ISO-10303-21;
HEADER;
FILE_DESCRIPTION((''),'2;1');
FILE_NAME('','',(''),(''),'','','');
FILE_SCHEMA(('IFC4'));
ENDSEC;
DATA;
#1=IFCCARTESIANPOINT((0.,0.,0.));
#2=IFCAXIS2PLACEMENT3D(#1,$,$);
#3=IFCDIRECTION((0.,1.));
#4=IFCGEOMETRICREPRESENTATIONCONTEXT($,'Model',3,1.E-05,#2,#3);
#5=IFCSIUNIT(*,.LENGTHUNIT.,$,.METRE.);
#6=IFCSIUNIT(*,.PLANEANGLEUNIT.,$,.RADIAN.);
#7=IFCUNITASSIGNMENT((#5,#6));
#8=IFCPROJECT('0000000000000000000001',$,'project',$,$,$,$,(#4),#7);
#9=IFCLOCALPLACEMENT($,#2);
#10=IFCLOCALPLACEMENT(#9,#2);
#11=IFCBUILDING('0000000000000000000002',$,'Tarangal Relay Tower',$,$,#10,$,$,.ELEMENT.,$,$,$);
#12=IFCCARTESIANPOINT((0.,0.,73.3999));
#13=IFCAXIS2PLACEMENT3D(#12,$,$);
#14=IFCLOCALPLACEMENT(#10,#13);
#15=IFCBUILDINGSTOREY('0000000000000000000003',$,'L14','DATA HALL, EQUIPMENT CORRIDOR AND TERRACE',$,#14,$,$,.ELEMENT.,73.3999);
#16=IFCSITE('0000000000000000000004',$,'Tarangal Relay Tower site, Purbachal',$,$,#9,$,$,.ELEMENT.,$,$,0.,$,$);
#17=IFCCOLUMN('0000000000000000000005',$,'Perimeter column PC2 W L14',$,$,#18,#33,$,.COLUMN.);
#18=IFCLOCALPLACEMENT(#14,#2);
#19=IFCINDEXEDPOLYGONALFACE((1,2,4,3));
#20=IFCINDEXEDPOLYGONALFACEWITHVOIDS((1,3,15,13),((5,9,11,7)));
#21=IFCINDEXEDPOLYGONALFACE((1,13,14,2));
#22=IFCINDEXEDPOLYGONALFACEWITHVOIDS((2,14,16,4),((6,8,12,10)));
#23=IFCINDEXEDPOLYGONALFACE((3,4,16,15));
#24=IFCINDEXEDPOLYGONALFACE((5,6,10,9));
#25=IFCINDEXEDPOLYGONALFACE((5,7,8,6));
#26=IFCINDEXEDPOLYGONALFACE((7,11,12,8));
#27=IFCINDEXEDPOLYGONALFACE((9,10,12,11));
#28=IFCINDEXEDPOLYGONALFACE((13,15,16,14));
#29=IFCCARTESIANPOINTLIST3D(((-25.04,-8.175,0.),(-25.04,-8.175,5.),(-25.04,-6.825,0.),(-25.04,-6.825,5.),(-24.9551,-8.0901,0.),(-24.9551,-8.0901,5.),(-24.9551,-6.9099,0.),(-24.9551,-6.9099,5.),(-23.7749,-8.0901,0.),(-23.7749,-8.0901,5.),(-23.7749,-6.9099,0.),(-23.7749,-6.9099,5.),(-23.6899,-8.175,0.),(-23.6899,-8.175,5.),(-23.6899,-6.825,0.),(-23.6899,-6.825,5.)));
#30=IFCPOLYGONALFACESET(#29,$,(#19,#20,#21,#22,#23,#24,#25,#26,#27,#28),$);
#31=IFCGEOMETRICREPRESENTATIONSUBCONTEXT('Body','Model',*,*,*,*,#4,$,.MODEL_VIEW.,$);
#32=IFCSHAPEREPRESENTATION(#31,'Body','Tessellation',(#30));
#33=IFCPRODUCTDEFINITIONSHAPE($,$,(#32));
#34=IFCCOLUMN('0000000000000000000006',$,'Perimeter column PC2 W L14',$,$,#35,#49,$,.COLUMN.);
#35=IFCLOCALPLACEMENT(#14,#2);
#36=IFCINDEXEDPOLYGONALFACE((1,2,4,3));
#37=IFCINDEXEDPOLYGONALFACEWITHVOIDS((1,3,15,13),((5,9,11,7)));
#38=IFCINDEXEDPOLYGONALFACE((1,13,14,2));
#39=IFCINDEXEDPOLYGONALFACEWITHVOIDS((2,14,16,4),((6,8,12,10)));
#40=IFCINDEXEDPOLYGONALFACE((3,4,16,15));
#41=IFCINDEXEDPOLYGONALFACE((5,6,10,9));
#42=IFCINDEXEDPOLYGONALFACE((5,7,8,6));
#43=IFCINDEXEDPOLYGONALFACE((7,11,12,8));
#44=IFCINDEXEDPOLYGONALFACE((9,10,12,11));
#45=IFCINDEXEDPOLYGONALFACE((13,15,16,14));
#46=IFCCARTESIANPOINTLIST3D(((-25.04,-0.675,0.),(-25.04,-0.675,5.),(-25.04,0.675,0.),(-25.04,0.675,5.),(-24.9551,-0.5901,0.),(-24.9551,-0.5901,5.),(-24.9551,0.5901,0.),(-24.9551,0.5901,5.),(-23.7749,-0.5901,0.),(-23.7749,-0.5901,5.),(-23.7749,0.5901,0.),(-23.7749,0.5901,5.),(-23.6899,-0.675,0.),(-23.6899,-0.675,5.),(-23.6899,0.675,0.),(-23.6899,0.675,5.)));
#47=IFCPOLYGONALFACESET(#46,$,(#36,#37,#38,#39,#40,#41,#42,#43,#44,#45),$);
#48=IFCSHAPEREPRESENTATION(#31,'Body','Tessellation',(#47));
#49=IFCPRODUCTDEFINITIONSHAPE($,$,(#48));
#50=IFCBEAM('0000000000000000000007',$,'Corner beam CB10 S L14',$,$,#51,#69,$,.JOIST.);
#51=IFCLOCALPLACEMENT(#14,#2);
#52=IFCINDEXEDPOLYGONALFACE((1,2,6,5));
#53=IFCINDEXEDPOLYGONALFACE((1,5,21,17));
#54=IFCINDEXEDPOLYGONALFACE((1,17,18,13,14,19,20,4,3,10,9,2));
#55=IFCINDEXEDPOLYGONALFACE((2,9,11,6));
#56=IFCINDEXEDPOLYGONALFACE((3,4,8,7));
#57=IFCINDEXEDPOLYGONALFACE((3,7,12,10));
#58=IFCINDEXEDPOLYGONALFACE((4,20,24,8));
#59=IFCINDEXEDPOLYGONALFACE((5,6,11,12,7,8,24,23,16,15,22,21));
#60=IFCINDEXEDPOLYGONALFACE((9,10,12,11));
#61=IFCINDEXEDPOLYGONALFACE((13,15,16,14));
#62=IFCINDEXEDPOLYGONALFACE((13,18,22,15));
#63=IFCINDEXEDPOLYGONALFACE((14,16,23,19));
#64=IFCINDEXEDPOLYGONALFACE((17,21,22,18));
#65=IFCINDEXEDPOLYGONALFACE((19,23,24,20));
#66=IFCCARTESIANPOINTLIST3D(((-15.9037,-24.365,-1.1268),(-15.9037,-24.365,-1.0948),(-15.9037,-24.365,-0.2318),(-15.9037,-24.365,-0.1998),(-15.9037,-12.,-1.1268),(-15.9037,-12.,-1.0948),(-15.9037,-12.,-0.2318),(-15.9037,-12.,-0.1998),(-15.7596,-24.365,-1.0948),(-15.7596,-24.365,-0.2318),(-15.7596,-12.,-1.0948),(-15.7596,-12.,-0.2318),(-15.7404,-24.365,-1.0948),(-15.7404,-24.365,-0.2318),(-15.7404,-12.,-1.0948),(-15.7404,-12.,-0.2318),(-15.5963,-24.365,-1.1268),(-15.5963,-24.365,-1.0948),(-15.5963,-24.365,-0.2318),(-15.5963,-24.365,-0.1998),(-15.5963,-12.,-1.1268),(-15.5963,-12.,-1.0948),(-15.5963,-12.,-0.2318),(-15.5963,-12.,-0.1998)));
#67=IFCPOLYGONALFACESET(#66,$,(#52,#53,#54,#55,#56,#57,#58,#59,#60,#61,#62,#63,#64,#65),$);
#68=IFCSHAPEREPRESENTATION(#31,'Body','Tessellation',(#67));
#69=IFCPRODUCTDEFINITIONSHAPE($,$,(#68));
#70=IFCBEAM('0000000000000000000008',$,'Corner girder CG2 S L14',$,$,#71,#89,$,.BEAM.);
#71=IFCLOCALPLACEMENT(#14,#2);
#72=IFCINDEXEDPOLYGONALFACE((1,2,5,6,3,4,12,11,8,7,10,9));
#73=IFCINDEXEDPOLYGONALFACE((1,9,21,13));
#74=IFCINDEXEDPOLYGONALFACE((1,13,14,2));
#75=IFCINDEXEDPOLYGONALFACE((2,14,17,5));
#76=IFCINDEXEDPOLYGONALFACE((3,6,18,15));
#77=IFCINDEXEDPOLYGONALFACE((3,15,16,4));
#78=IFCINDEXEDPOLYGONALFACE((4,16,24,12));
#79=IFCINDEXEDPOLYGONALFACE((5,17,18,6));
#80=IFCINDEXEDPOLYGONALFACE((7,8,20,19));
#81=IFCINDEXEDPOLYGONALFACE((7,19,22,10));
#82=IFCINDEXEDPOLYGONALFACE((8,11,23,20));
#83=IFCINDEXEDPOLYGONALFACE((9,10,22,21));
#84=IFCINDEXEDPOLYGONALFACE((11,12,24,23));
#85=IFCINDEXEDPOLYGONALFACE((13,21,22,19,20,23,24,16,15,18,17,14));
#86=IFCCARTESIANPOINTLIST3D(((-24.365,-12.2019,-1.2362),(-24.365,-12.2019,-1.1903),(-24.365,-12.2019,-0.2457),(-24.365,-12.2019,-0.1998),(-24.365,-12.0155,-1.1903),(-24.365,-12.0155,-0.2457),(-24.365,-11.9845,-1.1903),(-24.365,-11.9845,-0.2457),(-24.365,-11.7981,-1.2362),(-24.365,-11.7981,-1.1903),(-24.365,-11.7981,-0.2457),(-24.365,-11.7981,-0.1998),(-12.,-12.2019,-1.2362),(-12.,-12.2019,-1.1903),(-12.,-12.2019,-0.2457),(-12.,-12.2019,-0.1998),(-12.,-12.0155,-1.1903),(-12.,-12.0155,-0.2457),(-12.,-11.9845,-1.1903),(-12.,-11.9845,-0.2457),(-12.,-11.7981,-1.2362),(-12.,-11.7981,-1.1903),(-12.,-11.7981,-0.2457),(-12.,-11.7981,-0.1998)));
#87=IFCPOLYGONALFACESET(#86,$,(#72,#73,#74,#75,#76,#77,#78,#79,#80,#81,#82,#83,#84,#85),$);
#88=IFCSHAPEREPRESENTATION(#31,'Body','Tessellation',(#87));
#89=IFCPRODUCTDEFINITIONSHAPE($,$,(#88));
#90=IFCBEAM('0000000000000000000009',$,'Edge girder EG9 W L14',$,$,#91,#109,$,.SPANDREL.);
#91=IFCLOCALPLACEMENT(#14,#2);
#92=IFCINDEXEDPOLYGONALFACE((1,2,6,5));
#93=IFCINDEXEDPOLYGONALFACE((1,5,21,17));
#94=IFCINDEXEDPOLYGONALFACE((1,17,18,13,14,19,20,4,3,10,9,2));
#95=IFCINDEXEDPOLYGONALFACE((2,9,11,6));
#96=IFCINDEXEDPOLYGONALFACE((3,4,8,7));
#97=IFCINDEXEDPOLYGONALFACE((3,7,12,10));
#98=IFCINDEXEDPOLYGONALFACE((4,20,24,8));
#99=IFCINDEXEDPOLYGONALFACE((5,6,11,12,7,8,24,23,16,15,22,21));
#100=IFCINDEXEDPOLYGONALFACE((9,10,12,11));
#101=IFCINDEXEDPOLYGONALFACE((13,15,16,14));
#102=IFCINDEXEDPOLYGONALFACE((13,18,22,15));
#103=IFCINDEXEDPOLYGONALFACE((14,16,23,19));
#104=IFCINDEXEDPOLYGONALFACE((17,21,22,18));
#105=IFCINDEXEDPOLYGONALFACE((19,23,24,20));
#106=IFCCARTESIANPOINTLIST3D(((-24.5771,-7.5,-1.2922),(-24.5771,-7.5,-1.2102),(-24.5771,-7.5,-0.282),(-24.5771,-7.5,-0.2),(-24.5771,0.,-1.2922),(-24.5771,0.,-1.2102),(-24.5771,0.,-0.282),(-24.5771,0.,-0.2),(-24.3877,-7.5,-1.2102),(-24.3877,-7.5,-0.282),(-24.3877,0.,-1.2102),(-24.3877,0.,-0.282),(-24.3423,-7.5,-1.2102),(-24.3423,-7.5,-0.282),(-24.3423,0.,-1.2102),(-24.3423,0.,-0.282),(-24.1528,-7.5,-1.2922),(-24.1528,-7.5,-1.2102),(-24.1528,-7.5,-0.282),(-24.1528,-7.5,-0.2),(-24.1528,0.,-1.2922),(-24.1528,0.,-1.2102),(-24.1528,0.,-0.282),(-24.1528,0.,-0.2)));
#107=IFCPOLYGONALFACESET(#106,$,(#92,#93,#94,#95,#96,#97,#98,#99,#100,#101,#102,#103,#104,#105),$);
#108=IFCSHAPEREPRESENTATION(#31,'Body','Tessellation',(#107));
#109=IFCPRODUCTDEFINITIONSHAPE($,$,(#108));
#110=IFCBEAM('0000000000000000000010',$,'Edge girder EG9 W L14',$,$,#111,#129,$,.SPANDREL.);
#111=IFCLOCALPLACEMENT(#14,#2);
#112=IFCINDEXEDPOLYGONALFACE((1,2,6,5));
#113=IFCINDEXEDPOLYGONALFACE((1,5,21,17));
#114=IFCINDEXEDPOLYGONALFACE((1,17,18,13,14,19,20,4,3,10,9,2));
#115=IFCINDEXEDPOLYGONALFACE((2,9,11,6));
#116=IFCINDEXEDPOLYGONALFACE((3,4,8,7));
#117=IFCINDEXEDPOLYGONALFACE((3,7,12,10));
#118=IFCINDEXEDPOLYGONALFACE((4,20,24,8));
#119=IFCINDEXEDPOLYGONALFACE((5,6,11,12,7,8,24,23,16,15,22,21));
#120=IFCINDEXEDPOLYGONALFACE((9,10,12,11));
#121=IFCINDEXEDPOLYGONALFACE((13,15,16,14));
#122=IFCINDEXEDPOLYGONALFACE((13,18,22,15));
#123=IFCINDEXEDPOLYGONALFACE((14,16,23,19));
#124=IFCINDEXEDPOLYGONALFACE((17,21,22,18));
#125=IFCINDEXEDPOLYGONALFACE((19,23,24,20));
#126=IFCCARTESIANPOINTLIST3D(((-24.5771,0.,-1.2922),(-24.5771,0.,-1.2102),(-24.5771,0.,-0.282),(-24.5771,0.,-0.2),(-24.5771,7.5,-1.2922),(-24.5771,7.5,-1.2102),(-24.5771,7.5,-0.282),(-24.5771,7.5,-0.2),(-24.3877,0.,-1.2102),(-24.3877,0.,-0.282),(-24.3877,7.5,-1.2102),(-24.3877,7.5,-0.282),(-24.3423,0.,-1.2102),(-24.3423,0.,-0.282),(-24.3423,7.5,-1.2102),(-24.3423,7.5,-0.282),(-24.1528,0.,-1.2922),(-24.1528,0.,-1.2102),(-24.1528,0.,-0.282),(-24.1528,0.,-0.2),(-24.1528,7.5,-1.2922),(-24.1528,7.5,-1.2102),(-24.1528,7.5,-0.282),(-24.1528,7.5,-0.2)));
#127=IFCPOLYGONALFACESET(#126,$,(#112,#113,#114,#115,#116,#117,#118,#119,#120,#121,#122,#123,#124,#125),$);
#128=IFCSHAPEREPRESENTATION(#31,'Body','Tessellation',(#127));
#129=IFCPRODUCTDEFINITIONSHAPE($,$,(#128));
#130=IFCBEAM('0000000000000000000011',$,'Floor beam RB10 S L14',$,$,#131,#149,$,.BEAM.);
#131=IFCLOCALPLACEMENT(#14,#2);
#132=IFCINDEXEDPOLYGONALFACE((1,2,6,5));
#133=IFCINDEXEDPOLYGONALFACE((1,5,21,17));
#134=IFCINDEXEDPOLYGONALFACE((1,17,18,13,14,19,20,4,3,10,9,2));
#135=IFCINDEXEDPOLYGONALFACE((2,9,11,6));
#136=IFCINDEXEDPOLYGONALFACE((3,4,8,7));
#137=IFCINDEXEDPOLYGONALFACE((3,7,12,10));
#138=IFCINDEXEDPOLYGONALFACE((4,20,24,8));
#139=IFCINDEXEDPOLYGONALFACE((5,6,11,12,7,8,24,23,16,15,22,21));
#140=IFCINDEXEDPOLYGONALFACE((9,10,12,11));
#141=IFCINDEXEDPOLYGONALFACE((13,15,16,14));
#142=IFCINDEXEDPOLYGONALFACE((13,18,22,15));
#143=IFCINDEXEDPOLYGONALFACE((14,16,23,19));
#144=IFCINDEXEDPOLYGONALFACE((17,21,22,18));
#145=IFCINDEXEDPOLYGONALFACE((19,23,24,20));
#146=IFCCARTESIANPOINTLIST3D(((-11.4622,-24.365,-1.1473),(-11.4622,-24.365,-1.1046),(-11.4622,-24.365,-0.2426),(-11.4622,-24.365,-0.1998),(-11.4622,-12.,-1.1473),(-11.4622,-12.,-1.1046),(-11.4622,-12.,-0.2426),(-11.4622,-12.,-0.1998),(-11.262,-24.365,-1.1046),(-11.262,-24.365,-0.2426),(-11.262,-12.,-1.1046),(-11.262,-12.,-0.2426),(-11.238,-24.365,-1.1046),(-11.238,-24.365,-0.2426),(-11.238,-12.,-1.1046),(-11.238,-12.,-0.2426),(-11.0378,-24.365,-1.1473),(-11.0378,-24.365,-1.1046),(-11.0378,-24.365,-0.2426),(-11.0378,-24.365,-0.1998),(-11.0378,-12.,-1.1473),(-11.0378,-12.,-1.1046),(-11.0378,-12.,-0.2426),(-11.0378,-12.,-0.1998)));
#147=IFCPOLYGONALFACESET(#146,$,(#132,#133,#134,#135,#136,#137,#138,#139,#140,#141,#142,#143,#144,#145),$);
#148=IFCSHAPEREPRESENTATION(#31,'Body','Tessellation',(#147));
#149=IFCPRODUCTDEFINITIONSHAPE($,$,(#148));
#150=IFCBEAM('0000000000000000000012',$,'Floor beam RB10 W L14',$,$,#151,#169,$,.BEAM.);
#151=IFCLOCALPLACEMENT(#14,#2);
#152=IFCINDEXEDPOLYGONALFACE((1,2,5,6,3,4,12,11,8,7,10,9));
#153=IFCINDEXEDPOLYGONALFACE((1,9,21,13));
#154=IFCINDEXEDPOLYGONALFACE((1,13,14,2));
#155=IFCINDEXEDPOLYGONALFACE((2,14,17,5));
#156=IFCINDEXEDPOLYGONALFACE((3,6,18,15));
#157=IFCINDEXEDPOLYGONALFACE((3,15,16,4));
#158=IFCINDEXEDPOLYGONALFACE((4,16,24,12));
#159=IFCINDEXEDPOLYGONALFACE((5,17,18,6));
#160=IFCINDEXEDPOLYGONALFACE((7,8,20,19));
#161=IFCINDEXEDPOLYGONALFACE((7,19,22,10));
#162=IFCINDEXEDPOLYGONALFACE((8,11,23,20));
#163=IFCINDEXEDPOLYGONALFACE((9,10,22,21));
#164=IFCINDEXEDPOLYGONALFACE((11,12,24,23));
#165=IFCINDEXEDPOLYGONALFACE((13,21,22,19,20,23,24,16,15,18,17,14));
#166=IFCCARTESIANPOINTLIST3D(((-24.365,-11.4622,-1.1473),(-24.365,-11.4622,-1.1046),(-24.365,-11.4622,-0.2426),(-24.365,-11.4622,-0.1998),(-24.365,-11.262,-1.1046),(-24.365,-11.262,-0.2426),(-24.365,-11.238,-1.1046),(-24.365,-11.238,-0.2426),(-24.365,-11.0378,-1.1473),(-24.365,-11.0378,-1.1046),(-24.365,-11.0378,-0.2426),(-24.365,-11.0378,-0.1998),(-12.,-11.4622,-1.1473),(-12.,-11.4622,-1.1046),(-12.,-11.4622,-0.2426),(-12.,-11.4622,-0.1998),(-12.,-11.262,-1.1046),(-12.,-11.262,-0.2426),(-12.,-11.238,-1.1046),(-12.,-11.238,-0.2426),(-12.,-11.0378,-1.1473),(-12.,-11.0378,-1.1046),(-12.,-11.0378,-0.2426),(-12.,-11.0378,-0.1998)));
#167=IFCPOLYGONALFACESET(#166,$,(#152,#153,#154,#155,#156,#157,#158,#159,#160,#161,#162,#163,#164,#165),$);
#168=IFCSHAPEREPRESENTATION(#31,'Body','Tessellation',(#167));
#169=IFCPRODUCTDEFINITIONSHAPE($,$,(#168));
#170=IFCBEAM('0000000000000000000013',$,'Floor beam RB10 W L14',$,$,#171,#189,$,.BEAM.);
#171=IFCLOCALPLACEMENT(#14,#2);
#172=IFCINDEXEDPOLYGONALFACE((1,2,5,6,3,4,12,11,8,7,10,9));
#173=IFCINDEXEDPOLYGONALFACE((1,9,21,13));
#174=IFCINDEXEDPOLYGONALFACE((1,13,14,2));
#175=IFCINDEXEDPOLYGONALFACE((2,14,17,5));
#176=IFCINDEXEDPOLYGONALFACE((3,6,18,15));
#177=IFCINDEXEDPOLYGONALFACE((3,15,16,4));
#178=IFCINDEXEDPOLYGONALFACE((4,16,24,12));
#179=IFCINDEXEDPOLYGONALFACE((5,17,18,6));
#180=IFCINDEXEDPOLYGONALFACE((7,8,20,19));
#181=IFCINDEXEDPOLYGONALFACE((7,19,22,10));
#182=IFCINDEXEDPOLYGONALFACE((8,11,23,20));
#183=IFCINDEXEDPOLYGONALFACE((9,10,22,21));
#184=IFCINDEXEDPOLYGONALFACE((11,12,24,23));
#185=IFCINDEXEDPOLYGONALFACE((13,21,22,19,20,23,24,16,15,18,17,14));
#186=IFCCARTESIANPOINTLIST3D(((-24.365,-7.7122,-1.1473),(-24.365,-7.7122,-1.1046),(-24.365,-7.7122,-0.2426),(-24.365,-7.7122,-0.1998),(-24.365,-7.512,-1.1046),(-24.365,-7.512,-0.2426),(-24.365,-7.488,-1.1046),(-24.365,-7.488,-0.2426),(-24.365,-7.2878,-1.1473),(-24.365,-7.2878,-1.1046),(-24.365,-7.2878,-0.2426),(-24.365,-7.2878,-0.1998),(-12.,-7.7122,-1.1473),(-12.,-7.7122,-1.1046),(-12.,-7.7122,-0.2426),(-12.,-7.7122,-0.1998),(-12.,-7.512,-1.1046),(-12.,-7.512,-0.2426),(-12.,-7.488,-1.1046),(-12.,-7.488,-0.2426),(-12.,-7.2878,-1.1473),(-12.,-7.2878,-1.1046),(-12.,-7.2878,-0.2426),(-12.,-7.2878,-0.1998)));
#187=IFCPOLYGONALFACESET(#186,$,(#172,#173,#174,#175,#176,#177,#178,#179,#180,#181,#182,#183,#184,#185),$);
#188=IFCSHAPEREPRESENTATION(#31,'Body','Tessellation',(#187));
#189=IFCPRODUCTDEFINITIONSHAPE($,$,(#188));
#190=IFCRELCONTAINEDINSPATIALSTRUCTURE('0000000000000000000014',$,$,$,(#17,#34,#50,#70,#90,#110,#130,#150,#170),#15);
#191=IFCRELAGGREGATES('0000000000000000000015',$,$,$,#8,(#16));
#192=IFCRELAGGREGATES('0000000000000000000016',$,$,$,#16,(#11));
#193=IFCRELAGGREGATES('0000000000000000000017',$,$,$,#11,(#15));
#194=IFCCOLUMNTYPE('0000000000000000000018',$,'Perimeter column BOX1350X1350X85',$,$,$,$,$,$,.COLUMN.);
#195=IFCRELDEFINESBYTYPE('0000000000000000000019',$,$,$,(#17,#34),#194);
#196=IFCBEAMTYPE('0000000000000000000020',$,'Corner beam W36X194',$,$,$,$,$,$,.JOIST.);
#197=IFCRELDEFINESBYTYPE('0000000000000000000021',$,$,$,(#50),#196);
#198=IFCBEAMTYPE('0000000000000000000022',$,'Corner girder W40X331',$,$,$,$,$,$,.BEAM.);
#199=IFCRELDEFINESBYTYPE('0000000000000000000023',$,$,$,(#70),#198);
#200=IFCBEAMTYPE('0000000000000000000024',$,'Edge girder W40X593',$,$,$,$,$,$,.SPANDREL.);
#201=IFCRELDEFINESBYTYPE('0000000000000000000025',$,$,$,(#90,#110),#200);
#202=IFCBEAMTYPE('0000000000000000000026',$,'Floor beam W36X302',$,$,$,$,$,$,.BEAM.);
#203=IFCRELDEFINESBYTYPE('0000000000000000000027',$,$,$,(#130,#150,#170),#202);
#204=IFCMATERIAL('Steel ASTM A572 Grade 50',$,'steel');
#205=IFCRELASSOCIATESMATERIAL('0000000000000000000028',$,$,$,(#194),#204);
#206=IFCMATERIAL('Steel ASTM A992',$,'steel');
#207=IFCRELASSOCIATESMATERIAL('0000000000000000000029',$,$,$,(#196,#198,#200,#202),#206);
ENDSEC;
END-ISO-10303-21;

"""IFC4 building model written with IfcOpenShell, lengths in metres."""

from ifc_helpers import new_model, si_unit, direction, frame, origin, origin_2d, place, context, subcontext, project, spatial, hollow_rectangle, i_section, extrude, material, material_profile, profile_set, type_object, element, save


model = new_model("IFC4")

# Units and contexts
model_context = context("Model", 3, precision=1e-05, world=origin(), true_north=direction((0.0, 1.0)))
body_context = subcontext(model_context, "Body", "Model", "MODEL_VIEW")
ifc_project = project(units=[si_unit("LENGTHUNIT", "METRE"), si_unit("PLANEANGLEUNIT", "RADIAN")], contexts=[model_context])

# Site, building, storey
site_placement = place(None, origin())
site = spatial("IfcSite", under=ifc_project, at=site_placement, Name="Tarangal Relay Tower site, Purbachal", CompositionType="ELEMENT", RefElevation=0.0)
building_placement = place(site_placement, origin())
building = spatial("IfcBuilding", under=site, at=building_placement, Name="Tarangal Relay Tower", CompositionType="ELEMENT")
storey_placement = place(building_placement, frame((0.0, 0.0, 73.3999)))
storey = spatial("IfcBuildingStorey", under=building, at=storey_placement, Name="L14", Description="DATA HALL, EQUIPMENT CORRIDOR AND TERRACE", CompositionType="ELEMENT", Elevation=73.3999)

# Columns
ifc_material_1 = material(Name="Steel ASTM A572 Grade 50", Category="steel")
ifc_material_profile_1 = material_profile(ifc_material_1, hollow_rectangle(XDim=1.3501, YDim=1.3501, WallThickness=0.085, at=origin_2d()), Name="BOX1350X1350X85")
ifc_profile_set_1 = profile_set([ifc_material_profile_1], Name="Steel ASTM A572 Grade 50")
column_type = type_object("IfcColumnType", Name="Perimeter column BOX1350X1350X85", PredefinedType="COLUMN", material=ifc_profile_set_1)
for number, where, z_axis, x_axis, name in (
    (1, (-24.365, -7.5, 0.0), (0.0, 0.0, 1.0), (1.0, 0.0, 0.0), "Perimeter column PC2 W L14"),
    (2, (-24.365, 0.0, 0.0), (0.0, 0.0, 1.0), (1.0, 0.0, 0.0), "Perimeter column PC2 W L14"),
):
    element("IfcColumn", number, at=place(storey_placement, frame(where, z_axis=z_axis, x_axis=x_axis)), inside=storey, type_object=column_type, Name=name, PredefinedType="COLUMN", context=body_context, shape_type="SweptSolid", body=[
        extrude(hollow_rectangle(XDim=1.3501, YDim=1.3501, WallThickness=0.085, at=origin_2d()), origin(), (0.0, 0.0, 1.0), 5.0),
    ])

# Beams
ifc_material_2 = material(Name="Steel ASTM A992", Category="steel")
ifc_material_profile_2 = material_profile(ifc_material_2, i_section(OverallWidth=0.3074, OverallDepth=0.927, WebThickness=0.0193, FlangeThickness=0.032, at=origin_2d()), Name="W36X194")
ifc_profile_set_2 = profile_set([ifc_material_profile_2], Name="Steel ASTM A992")
beam_type_1 = type_object("IfcBeamType", Name="Corner beam W36X194", PredefinedType="JOIST", material=ifc_profile_set_2)
beam_1_placement = place(storey_placement, frame((-15.75, -12.0, -0.6633), z_axis=(0.0, -1.0, 0.0), x_axis=(1.0, 0.0, 0.0)))
element("IfcBeam", 3, at=beam_1_placement, inside=storey, type_object=beam_type_1, Name="Corner beam CB10 S L14", PredefinedType="JOIST", context=body_context, shape_type="SweptSolid", body=[
    extrude(i_section(OverallWidth=0.3074, OverallDepth=0.927, WebThickness=0.0193, FlangeThickness=0.032, at=origin_2d()), origin(), (0.0, 0.0, 1.0), 12.365),
])
ifc_material_profile_3 = material_profile(ifc_material_2, i_section(OverallWidth=0.4038, OverallDepth=1.0364, WebThickness=0.031, FlangeThickness=0.0459, at=origin_2d()), Name="W40X331")
ifc_profile_set_3 = profile_set([ifc_material_profile_3], Name="Steel ASTM A992")
beam_type_2 = type_object("IfcBeamType", Name="Corner girder W40X331", PredefinedType="BEAM", material=ifc_profile_set_3)
beam_2_placement = place(storey_placement, frame((-12.0, -12.0, -0.718), z_axis=(-1.0, 0.0, 0.0), x_axis=(0.0, -1.0, 0.0)))
element("IfcBeam", 4, at=beam_2_placement, inside=storey, type_object=beam_type_2, Name="Corner girder CG2 S L14", PredefinedType="BEAM", context=body_context, shape_type="SweptSolid", body=[
    extrude(i_section(OverallWidth=0.4038, OverallDepth=1.0364, WebThickness=0.031, FlangeThickness=0.0459, at=origin_2d()), origin(), (0.0, 0.0, 1.0), 12.365),
])
ifc_material_profile_4 = material_profile(ifc_material_2, i_section(OverallWidth=0.4243, OverallDepth=1.0923, WebThickness=0.0454, FlangeThickness=0.082, at=origin_2d()), Name="W40X593")
ifc_profile_set_4 = profile_set([ifc_material_profile_4], Name="Steel ASTM A992")
beam_type_3 = type_object("IfcBeamType", Name="Edge girder W40X593", PredefinedType="SPANDREL", material=ifc_profile_set_4)
for number, where, z_axis, x_axis, name in (
    (5, (-24.365, -7.5, -0.7461), (0.0, 1.0, 0.0), (-1.0, 0.0, 0.0), "Edge girder EG9 W L14"),
    (6, (-24.365, 0.0, -0.7461), (0.0, 1.0, 0.0), (-1.0, 0.0, 0.0), "Edge girder EG9 W L14"),
):
    element("IfcBeam", number, at=place(storey_placement, frame(where, z_axis=z_axis, x_axis=x_axis)), inside=storey, type_object=beam_type_3, Name=name, PredefinedType="SPANDREL", context=body_context, shape_type="SweptSolid", body=[
        extrude(i_section(OverallWidth=0.4243, OverallDepth=1.0923, WebThickness=0.0454, FlangeThickness=0.082, at=origin_2d()), origin(), (0.0, 0.0, 1.0), 7.5),
    ])
ifc_material_profile_5 = material_profile(ifc_material_2, i_section(OverallWidth=0.4243, OverallDepth=0.9475, WebThickness=0.0239, FlangeThickness=0.0427, at=origin_2d()), Name="W36X302")
ifc_profile_set_5 = profile_set([ifc_material_profile_5], Name="Steel ASTM A992")
beam_type_4 = type_object("IfcBeamType", Name="Floor beam W36X302", PredefinedType="BEAM", material=ifc_profile_set_5)
for number, where, z_axis, x_axis, name in (
    (7, (-11.25, -12.0, -0.6736), (0.0, -1.0, 0.0), (1.0, 0.0, 0.0), "Floor beam RB10 S L14"),
    (8, (-12.0, -11.25, -0.6736), (-1.0, 0.0, 0.0), (0.0, -1.0, 0.0), "Floor beam RB10 W L14"),
    (9, (-12.0, -7.5, -0.6736), (-1.0, 0.0, 0.0), (0.0, -1.0, 0.0), "Floor beam RB10 W L14"),
):
    element("IfcBeam", number, at=place(storey_placement, frame(where, z_axis=z_axis, x_axis=x_axis)), inside=storey, type_object=beam_type_4, Name=name, PredefinedType="BEAM", context=body_context, shape_type="SweptSolid", body=[
        extrude(i_section(OverallWidth=0.4243, OverallDepth=0.9475, WebThickness=0.0239, FlangeThickness=0.0427, at=origin_2d()), origin(), (0.0, 0.0, 1.0), 12.365),
    ])

save(model, "model.ifc")
